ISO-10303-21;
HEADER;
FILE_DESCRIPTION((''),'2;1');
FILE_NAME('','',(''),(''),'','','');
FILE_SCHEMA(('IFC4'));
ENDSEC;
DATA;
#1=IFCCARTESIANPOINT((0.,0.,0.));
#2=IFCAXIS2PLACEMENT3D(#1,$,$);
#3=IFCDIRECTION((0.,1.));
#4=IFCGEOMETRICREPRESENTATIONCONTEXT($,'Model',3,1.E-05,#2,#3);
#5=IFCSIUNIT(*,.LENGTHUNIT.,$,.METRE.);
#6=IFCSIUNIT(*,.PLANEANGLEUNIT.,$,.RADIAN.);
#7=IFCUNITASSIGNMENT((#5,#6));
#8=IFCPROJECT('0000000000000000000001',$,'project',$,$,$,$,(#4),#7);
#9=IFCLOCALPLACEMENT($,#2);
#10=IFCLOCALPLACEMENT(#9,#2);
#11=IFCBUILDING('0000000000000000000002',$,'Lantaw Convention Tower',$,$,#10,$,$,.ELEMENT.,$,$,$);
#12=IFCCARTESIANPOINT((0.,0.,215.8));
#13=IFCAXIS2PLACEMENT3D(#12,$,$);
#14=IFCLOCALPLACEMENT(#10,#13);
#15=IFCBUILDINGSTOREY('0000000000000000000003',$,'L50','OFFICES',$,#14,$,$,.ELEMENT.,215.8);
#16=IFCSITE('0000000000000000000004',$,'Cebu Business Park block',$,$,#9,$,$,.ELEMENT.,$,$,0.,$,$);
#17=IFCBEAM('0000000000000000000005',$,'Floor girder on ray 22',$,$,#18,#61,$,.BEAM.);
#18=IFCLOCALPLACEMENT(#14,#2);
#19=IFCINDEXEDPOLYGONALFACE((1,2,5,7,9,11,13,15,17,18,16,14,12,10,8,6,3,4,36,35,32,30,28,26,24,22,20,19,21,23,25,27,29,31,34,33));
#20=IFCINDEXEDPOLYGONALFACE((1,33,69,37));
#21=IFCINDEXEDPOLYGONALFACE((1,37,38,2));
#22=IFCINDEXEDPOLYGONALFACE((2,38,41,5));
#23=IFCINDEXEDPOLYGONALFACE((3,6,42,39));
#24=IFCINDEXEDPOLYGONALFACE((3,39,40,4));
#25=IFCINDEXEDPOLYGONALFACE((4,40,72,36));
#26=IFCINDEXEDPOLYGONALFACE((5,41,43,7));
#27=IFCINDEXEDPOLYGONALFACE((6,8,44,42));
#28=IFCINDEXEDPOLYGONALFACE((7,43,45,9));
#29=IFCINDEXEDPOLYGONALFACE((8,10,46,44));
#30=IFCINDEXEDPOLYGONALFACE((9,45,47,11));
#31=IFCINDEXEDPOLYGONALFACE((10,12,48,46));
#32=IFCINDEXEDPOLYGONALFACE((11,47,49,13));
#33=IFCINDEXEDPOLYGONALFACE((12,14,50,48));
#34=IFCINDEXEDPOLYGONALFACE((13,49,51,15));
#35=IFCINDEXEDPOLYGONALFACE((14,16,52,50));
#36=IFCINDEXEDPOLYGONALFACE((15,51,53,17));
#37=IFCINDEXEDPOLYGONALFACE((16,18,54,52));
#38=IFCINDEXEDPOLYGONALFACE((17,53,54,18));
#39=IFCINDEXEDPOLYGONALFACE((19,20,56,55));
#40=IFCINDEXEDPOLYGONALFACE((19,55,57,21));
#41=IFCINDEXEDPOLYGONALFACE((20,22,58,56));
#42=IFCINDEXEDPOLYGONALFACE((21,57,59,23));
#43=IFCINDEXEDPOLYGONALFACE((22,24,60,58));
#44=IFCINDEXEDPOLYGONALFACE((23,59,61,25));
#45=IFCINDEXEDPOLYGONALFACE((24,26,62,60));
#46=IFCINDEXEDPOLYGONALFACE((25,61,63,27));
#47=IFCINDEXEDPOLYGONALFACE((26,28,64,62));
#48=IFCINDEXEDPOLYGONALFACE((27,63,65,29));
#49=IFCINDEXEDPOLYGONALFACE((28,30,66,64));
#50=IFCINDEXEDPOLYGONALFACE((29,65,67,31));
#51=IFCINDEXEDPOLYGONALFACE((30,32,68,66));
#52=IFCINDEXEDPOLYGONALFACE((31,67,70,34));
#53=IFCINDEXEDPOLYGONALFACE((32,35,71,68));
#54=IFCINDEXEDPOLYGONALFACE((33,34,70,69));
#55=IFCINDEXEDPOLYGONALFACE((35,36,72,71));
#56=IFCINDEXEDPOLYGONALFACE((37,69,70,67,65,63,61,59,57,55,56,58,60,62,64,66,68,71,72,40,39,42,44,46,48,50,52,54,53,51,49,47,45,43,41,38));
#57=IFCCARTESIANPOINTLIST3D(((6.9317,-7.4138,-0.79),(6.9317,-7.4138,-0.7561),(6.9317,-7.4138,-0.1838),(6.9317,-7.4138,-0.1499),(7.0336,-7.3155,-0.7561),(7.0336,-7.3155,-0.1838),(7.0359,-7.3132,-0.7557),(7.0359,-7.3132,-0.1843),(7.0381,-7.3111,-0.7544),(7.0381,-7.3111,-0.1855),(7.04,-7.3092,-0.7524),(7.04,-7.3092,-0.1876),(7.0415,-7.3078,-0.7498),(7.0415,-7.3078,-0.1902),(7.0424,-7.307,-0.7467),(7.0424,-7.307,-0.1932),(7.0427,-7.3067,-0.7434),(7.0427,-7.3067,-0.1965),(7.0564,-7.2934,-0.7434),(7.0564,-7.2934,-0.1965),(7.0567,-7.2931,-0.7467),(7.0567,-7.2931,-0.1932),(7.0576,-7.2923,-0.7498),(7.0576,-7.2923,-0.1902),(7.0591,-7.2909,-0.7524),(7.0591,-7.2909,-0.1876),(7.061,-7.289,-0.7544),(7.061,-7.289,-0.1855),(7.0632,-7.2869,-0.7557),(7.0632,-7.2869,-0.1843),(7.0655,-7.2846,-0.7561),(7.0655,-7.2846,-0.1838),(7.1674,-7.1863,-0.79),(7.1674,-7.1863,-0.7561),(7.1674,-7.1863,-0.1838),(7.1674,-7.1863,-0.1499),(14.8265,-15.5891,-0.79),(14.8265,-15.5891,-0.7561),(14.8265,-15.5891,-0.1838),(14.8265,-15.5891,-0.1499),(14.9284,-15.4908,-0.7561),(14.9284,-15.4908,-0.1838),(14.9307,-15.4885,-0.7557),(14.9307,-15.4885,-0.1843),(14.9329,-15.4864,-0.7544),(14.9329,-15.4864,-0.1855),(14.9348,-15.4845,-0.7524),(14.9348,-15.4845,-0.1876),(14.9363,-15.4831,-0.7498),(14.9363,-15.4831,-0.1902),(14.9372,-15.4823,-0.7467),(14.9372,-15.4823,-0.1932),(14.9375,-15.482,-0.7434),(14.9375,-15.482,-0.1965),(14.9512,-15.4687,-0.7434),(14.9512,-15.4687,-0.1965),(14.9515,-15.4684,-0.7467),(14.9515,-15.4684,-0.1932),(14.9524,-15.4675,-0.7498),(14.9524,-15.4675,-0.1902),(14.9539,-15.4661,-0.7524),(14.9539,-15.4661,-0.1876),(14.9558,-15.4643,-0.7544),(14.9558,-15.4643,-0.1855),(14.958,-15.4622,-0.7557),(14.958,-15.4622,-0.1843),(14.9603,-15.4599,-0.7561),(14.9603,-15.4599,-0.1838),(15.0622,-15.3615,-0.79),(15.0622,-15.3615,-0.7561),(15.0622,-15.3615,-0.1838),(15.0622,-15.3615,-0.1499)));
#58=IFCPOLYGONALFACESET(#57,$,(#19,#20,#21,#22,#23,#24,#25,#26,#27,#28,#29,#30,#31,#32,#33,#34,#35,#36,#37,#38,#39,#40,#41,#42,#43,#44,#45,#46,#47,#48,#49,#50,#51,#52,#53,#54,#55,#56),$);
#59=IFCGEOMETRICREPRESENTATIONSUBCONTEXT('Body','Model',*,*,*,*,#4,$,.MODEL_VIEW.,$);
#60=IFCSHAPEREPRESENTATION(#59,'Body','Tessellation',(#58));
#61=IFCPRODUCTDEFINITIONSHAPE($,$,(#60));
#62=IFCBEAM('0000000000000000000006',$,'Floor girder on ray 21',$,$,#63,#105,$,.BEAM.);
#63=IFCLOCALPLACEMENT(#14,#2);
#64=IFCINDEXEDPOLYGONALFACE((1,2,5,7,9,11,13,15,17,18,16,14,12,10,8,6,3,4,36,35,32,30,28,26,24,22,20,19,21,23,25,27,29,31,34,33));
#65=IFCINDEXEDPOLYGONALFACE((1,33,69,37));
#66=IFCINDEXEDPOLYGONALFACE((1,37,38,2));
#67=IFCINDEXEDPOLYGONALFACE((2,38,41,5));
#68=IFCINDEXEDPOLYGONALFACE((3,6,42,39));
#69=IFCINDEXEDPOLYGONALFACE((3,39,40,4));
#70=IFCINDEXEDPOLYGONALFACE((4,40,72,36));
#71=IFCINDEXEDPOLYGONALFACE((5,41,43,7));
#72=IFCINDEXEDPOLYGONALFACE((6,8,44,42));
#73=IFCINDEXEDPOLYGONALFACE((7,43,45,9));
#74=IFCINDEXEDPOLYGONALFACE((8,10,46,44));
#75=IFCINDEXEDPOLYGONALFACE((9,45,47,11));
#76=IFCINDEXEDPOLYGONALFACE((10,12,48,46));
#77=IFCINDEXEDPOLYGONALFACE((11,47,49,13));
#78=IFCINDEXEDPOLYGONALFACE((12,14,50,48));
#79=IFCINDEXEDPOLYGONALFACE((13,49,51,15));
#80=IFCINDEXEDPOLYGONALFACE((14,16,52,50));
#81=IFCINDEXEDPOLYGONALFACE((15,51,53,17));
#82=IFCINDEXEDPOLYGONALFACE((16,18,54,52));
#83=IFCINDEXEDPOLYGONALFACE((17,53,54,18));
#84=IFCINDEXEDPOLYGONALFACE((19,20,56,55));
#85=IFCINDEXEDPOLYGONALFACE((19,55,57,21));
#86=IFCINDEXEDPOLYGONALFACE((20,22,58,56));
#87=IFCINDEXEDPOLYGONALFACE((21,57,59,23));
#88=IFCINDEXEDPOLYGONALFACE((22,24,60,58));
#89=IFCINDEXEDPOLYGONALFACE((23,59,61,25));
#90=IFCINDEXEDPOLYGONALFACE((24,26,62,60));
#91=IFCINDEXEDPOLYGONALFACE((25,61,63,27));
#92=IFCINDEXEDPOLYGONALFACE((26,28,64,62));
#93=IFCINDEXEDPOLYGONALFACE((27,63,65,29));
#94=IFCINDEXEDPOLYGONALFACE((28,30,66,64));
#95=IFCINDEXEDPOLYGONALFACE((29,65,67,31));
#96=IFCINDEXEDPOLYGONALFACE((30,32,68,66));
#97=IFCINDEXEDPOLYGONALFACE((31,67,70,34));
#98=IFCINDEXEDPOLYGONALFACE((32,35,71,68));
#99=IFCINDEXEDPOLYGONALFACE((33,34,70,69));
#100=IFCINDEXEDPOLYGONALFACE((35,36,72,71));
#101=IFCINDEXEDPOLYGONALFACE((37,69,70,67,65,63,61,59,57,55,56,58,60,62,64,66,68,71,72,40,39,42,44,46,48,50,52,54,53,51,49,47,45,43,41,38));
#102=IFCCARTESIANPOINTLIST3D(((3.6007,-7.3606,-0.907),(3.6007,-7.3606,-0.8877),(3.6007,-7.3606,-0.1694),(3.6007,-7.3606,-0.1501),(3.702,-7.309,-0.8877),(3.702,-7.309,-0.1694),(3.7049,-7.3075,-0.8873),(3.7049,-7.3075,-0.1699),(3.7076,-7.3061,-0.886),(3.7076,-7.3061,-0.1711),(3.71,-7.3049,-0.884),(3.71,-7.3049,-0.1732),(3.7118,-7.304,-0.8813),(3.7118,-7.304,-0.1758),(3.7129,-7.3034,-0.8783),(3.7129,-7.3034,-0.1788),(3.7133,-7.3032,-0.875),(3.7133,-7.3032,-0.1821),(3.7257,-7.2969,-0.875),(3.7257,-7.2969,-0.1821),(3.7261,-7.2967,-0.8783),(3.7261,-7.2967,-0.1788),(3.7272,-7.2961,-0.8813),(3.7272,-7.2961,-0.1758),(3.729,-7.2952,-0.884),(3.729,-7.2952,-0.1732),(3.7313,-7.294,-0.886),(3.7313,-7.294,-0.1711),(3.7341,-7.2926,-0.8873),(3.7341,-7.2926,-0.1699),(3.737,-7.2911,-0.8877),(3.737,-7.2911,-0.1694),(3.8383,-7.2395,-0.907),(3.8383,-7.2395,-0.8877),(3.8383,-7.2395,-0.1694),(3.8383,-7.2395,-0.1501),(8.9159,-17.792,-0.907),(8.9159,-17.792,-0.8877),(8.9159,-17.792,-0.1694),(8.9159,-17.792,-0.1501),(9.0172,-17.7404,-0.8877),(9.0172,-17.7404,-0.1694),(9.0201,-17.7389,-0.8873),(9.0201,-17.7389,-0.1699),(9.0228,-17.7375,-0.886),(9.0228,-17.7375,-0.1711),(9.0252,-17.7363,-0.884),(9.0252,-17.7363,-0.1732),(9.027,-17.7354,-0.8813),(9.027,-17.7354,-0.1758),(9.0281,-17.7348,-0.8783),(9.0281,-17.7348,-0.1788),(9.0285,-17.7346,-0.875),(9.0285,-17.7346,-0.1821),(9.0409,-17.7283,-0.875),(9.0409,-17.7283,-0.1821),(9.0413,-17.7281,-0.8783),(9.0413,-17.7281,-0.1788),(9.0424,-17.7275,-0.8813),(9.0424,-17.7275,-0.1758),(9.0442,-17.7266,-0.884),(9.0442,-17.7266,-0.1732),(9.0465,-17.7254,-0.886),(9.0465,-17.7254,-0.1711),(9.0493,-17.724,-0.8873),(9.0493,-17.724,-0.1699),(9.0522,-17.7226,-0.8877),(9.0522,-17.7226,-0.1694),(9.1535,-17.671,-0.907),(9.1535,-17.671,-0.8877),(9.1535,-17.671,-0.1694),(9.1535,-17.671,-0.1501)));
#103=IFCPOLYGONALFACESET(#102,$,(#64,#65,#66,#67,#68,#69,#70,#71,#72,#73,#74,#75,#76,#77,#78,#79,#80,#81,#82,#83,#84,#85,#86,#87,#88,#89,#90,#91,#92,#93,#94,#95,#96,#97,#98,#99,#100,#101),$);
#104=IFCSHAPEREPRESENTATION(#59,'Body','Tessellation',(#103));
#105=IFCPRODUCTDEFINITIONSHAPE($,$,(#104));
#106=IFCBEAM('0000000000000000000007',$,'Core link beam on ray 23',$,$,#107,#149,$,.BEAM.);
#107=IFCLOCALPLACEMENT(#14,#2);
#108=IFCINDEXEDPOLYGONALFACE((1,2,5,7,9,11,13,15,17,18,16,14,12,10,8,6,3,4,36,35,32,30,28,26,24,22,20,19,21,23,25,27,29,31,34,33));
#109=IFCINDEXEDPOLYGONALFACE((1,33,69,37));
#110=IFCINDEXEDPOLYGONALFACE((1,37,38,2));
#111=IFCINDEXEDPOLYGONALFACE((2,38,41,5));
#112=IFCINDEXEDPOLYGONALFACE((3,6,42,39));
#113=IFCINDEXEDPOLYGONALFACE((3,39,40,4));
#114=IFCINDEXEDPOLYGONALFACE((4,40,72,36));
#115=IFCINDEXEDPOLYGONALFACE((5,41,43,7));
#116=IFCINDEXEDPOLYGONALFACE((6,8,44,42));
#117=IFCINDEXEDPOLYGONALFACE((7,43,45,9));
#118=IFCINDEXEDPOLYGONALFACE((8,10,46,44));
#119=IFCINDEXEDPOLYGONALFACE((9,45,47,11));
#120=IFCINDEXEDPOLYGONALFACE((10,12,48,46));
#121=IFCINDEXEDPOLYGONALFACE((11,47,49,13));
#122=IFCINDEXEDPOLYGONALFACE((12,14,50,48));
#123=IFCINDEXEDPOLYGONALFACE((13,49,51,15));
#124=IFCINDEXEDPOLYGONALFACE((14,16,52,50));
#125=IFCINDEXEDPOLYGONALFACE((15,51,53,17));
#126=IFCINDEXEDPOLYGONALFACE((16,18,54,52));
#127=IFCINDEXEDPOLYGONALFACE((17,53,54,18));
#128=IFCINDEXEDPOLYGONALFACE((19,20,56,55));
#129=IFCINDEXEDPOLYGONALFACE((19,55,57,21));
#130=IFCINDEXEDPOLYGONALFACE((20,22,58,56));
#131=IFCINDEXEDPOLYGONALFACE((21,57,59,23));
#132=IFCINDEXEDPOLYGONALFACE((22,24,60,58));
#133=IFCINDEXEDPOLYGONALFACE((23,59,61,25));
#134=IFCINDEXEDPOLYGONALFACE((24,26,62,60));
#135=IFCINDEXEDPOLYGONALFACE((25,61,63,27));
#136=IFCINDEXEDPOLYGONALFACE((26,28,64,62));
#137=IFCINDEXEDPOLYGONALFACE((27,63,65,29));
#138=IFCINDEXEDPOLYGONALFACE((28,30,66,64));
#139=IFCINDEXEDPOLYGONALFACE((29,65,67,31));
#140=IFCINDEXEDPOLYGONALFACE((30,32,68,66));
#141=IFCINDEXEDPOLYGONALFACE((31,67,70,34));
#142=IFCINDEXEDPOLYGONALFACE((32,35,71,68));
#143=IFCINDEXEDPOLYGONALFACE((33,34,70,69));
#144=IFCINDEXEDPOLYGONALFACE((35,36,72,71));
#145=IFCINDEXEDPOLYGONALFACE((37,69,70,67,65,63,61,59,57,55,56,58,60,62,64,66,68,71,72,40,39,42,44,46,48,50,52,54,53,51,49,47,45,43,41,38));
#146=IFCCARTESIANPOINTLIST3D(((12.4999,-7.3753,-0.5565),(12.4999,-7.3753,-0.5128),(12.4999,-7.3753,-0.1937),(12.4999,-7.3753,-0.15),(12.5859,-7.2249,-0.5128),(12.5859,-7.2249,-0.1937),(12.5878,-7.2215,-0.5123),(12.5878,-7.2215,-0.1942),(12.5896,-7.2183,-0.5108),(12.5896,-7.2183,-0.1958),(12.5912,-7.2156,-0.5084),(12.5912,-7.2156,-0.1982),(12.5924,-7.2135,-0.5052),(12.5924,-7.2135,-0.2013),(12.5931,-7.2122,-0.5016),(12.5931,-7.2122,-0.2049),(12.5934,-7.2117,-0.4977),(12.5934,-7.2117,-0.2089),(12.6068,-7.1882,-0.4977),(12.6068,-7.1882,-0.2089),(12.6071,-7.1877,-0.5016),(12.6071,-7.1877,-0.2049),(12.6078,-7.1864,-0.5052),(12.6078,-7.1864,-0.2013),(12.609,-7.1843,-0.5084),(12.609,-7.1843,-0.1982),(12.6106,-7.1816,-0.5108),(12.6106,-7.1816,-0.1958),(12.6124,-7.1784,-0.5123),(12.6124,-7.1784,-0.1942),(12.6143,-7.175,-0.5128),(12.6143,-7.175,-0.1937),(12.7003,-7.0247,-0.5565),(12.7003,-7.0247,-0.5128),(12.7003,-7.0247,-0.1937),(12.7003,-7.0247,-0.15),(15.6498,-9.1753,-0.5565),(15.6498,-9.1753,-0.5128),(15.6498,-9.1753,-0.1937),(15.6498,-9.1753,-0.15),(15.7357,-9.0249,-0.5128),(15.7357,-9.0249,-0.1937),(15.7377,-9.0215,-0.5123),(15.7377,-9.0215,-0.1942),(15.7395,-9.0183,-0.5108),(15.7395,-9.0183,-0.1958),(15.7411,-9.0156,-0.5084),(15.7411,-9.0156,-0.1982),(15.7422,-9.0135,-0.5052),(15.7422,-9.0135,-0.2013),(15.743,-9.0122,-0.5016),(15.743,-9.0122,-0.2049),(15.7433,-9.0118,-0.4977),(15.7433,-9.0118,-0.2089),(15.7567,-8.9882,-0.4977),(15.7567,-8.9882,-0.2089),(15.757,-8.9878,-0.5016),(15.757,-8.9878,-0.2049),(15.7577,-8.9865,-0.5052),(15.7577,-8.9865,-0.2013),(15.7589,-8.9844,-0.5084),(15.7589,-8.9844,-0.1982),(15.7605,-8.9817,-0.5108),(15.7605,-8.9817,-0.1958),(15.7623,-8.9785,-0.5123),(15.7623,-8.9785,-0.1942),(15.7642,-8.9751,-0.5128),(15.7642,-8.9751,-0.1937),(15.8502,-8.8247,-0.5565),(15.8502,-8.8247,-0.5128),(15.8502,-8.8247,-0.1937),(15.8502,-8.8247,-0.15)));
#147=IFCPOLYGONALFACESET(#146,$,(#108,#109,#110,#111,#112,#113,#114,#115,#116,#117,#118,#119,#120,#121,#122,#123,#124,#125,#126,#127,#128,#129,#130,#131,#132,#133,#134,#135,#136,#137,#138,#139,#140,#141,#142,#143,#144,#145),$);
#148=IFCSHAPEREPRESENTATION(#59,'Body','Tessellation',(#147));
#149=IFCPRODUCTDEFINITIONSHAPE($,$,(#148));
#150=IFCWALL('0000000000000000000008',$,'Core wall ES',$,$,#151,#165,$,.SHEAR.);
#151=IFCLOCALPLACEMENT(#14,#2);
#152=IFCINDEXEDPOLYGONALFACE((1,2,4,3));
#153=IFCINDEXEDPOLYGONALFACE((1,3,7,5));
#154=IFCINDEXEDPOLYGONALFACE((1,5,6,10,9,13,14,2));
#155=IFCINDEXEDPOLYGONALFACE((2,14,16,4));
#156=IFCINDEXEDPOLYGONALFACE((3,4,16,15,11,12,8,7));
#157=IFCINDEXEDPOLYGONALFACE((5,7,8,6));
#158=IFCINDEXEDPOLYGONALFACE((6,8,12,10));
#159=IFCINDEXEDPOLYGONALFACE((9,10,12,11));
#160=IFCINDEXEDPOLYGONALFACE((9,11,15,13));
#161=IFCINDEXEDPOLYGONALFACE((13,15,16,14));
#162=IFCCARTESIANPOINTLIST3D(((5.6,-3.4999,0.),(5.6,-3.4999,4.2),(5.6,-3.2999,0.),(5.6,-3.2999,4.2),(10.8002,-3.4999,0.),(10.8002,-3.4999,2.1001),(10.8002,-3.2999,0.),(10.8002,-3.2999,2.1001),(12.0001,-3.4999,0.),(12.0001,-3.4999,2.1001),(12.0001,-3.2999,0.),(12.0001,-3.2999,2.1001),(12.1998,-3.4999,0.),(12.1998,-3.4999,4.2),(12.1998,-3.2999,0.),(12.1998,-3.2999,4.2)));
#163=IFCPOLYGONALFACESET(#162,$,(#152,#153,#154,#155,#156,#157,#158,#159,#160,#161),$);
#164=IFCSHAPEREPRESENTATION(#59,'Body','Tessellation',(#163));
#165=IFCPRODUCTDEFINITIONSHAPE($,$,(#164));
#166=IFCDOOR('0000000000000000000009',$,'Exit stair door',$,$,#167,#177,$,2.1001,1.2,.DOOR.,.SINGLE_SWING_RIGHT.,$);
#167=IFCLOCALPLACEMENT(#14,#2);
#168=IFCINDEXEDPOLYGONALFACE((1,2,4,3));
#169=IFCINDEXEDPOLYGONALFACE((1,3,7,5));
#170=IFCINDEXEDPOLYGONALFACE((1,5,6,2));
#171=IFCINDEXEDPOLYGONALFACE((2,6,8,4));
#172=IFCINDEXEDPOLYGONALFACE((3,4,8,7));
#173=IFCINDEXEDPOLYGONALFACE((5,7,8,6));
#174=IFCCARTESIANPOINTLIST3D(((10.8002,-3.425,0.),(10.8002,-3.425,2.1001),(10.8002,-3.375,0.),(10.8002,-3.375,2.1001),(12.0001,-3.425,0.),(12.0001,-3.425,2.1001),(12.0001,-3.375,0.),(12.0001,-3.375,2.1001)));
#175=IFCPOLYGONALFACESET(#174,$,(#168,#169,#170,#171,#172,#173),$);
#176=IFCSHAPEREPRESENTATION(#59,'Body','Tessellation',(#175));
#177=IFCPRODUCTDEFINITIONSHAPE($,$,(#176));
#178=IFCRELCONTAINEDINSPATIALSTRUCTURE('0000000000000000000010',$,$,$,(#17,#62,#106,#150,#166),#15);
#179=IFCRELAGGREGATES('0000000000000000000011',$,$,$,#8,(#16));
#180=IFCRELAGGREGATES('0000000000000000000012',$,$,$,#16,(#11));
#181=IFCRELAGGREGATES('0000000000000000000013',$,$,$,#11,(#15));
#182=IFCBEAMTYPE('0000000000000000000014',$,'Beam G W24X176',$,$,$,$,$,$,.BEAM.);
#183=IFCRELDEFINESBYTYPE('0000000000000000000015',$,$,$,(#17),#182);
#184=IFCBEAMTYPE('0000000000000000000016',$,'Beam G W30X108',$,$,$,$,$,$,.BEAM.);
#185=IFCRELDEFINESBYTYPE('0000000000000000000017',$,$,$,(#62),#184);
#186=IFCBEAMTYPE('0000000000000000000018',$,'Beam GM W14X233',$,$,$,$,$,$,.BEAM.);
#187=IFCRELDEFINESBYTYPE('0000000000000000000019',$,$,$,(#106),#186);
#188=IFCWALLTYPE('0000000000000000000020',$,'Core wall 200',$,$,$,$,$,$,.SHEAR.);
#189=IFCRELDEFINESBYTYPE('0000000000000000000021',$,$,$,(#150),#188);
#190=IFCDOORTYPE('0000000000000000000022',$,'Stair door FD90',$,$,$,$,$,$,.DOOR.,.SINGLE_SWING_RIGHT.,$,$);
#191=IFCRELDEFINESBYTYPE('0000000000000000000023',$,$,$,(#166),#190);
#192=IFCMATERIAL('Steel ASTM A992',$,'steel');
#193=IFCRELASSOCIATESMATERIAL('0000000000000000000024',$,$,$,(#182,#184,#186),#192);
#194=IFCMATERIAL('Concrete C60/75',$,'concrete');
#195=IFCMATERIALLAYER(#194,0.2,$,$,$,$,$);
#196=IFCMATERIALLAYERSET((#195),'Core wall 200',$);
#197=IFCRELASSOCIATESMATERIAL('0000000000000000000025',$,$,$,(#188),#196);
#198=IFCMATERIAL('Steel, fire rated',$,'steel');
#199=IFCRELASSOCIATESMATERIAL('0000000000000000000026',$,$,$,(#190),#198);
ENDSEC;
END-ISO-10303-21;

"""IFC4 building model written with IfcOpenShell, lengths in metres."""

from ifc_helpers import new_model, si_unit, direction, frame, frame_2d, origin, origin_2d, place, context, subcontext, project, spatial, rectangle, i_section, extrude, material, layer, layer_set, material_profile, profile_set, type_object, element, fill, save


model = new_model("IFC4")

# Units and contexts
model_context = context("Model", 3, precision=1e-05, world=origin(), true_north=direction((0.0, 1.0)))
body_context = subcontext(model_context, "Body", "Model", "MODEL_VIEW")
ifc_project = project(units=[si_unit("LENGTHUNIT", "METRE"), si_unit("PLANEANGLEUNIT", "RADIAN")], contexts=[model_context])

# Site, building, storey
site_placement = place(None, origin())
site = spatial("IfcSite", under=ifc_project, at=site_placement, Name="Cebu Business Park block", CompositionType="ELEMENT", RefElevation=0.0)
building_placement = place(site_placement, origin())
building = spatial("IfcBuilding", under=site, at=building_placement, Name="Lantaw Convention Tower", CompositionType="ELEMENT")
storey_placement = place(building_placement, frame((0.0, 0.0, 215.8)))
storey = spatial("IfcBuildingStorey", under=building, at=storey_placement, Name="L50", Description="OFFICES", CompositionType="ELEMENT", Elevation=215.8)

# Beams
ifc_material_1 = material(Name="Steel ASTM A992", Category="steel")
ifc_material_profile_1 = material_profile(ifc_material_1, i_section(OverallWidth=0.3276, OverallDepth=0.6401, WebThickness=0.019, FlangeThickness=0.0339, FilletRadius=0.0127, at=origin_2d()), Name="W24X176")
ifc_profile_set_1 = profile_set([ifc_material_profile_1], Name="Steel ASTM A992")
beam_type_1 = type_object("IfcBeamType", Name="Beam G W24X176", PredefinedType="BEAM", material=ifc_profile_set_1)
beam_1_placement = place(storey_placement, frame((7.0496, -7.3, -0.47), z_axis=(0.694658, -0.71934, 0.0), x_axis=(0.71934, 0.694658, 0.0)))
element("IfcBeam", 1, at=beam_1_placement, inside=storey, type_object=beam_type_1, Name="Floor girder on ray 22", PredefinedType="BEAM", context=body_context, shape_type="SweptSolid", body=[
    extrude(i_section(OverallWidth=0.3276, OverallDepth=0.6401, WebThickness=0.019, FlangeThickness=0.0339, FilletRadius=0.0127, at=origin_2d()), origin(), (0.0, 0.0, 1.0), 11.365),
])
ifc_material_profile_2 = material_profile(ifc_material_1, i_section(OverallWidth=0.2666, OverallDepth=0.7568, WebThickness=0.0139, FlangeThickness=0.0193, FilletRadius=0.0127, at=origin_2d()), Name="W30X108")
ifc_profile_set_2 = profile_set([ifc_material_profile_2], Name="Steel ASTM A992")
beam_type_2 = type_object("IfcBeamType", Name="Beam G W30X108", PredefinedType="BEAM", material=ifc_profile_set_2)
beam_2_placement = place(storey_placement, frame((3.7195, -7.3, -0.5286), z_axis=(0.453999, -0.891002, 0.0), x_axis=(0.891002, 0.453999, 0.0)))
element("IfcBeam", 2, at=beam_2_placement, inside=storey, type_object=beam_type_2, Name="Floor girder on ray 21", PredefinedType="BEAM", context=body_context, shape_type="SweptSolid", body=[
    extrude(i_section(OverallWidth=0.2666, OverallDepth=0.7568, WebThickness=0.0139, FlangeThickness=0.0193, FilletRadius=0.0127, at=origin_2d()), origin(), (0.0, 0.0, 1.0), 11.7075),
])
ifc_material_profile_3 = material_profile(ifc_material_1, i_section(OverallWidth=0.4038, OverallDepth=0.4065, WebThickness=0.0271, FlangeThickness=0.0437, FilletRadius=0.0151, at=origin_2d()), Name="W14X233")
ifc_profile_set_3 = profile_set([ifc_material_profile_3], Name="Steel ASTM A992")
beam_type_3 = type_object("IfcBeamType", Name="Beam GM W14X233", PredefinedType="BEAM", material=ifc_profile_set_3)
beam_3_placement = place(storey_placement, frame((12.6001, -7.2, -0.3533), z_axis=(0.868231, -0.496161, 0.0), x_axis=(0.496161, 0.868231, 0.0)))
element("IfcBeam", 3, at=beam_3_placement, inside=storey, type_object=beam_type_3, Name="Core link beam on ray 23", PredefinedType="BEAM", context=body_context, shape_type="SweptSolid", body=[
    extrude(i_section(OverallWidth=0.4038, OverallDepth=0.4065, WebThickness=0.0271, FlangeThickness=0.0437, FilletRadius=0.0151, at=origin_2d()), origin(), (0.0, 0.0, 1.0), 3.6279),
])

# Wall, opening, door
ifc_material_2 = material(Name="Concrete C60/75", Category="concrete")
ifc_layer_1 = layer(ifc_material_2, 0.2)
ifc_layer_set_1 = layer_set([ifc_layer_1], Name="Core wall 200")
wall_type_1 = type_object("IfcWallType", Name="Core wall 200", PredefinedType="SHEAR", material=ifc_layer_set_1)
wall_1_placement = place(storey_placement, frame((5.6001, -3.3999, 0.0), z_axis=(0.0, 0.0, 1.0), x_axis=(1.0, 0.0, 0.0)))
wall_1 = element("IfcWall", 4, at=wall_1_placement, inside=storey, type_object=wall_type_1, Name="Core wall ES", PredefinedType="SHEAR", context=body_context, shape_type="SweptSolid", body=[
    extrude(rectangle(XDim=6.5999, YDim=0.2, at=frame_2d((3.2998, 0.0))), origin(), (0.0, 0.0, 1.0), 4.2),
])
opening_1_placement = place(wall_1_placement, frame((5.2, 0.0, 0.0)))
opening_1 = element("IfcOpeningElement", 5, at=opening_1_placement, cuts=wall_1, PredefinedType="OPENING", context=body_context, shape_type="SweptSolid", body=[
    extrude(rectangle(XDim=1.2, YDim=2.1001, at=frame_2d((0.6001, 1.05))), frame((0.0, 0.1099, 0.0), z_axis=(0.0, -1.0, 0.0), x_axis=(1.0, 0.0, 0.0)), (0.0, 0.0, 1.0), 0.22),
])
ifc_material_3 = material(Name="Steel, fire rated", Category="steel")
door_type_1 = type_object("IfcDoorType", Name="Stair door FD90", OperationType="SINGLE_SWING_RIGHT", PredefinedType="DOOR", material=ifc_material_3)
door_1_placement = place(opening_1_placement, origin())
door_1 = element("IfcDoor", 6, at=door_1_placement, inside=storey, type_object=door_type_1, Name="Exit stair door", OperationType="SINGLE_SWING_RIGHT", OverallHeight=2.1001, OverallWidth=1.2, PredefinedType="DOOR", context=body_context, shape_type="SweptSolid", body=[
    extrude(rectangle(XDim=1.2, YDim=2.1001, at=frame_2d((0.6001, 1.05))), frame((0.0, 0.0249, 0.0), z_axis=(0.0, -1.0, 0.0), x_axis=(1.0, 0.0, 0.0)), (0.0, 0.0, 1.0), 0.05),
])
fill(opening_1, door_1)

save(model, "model.ifc")
